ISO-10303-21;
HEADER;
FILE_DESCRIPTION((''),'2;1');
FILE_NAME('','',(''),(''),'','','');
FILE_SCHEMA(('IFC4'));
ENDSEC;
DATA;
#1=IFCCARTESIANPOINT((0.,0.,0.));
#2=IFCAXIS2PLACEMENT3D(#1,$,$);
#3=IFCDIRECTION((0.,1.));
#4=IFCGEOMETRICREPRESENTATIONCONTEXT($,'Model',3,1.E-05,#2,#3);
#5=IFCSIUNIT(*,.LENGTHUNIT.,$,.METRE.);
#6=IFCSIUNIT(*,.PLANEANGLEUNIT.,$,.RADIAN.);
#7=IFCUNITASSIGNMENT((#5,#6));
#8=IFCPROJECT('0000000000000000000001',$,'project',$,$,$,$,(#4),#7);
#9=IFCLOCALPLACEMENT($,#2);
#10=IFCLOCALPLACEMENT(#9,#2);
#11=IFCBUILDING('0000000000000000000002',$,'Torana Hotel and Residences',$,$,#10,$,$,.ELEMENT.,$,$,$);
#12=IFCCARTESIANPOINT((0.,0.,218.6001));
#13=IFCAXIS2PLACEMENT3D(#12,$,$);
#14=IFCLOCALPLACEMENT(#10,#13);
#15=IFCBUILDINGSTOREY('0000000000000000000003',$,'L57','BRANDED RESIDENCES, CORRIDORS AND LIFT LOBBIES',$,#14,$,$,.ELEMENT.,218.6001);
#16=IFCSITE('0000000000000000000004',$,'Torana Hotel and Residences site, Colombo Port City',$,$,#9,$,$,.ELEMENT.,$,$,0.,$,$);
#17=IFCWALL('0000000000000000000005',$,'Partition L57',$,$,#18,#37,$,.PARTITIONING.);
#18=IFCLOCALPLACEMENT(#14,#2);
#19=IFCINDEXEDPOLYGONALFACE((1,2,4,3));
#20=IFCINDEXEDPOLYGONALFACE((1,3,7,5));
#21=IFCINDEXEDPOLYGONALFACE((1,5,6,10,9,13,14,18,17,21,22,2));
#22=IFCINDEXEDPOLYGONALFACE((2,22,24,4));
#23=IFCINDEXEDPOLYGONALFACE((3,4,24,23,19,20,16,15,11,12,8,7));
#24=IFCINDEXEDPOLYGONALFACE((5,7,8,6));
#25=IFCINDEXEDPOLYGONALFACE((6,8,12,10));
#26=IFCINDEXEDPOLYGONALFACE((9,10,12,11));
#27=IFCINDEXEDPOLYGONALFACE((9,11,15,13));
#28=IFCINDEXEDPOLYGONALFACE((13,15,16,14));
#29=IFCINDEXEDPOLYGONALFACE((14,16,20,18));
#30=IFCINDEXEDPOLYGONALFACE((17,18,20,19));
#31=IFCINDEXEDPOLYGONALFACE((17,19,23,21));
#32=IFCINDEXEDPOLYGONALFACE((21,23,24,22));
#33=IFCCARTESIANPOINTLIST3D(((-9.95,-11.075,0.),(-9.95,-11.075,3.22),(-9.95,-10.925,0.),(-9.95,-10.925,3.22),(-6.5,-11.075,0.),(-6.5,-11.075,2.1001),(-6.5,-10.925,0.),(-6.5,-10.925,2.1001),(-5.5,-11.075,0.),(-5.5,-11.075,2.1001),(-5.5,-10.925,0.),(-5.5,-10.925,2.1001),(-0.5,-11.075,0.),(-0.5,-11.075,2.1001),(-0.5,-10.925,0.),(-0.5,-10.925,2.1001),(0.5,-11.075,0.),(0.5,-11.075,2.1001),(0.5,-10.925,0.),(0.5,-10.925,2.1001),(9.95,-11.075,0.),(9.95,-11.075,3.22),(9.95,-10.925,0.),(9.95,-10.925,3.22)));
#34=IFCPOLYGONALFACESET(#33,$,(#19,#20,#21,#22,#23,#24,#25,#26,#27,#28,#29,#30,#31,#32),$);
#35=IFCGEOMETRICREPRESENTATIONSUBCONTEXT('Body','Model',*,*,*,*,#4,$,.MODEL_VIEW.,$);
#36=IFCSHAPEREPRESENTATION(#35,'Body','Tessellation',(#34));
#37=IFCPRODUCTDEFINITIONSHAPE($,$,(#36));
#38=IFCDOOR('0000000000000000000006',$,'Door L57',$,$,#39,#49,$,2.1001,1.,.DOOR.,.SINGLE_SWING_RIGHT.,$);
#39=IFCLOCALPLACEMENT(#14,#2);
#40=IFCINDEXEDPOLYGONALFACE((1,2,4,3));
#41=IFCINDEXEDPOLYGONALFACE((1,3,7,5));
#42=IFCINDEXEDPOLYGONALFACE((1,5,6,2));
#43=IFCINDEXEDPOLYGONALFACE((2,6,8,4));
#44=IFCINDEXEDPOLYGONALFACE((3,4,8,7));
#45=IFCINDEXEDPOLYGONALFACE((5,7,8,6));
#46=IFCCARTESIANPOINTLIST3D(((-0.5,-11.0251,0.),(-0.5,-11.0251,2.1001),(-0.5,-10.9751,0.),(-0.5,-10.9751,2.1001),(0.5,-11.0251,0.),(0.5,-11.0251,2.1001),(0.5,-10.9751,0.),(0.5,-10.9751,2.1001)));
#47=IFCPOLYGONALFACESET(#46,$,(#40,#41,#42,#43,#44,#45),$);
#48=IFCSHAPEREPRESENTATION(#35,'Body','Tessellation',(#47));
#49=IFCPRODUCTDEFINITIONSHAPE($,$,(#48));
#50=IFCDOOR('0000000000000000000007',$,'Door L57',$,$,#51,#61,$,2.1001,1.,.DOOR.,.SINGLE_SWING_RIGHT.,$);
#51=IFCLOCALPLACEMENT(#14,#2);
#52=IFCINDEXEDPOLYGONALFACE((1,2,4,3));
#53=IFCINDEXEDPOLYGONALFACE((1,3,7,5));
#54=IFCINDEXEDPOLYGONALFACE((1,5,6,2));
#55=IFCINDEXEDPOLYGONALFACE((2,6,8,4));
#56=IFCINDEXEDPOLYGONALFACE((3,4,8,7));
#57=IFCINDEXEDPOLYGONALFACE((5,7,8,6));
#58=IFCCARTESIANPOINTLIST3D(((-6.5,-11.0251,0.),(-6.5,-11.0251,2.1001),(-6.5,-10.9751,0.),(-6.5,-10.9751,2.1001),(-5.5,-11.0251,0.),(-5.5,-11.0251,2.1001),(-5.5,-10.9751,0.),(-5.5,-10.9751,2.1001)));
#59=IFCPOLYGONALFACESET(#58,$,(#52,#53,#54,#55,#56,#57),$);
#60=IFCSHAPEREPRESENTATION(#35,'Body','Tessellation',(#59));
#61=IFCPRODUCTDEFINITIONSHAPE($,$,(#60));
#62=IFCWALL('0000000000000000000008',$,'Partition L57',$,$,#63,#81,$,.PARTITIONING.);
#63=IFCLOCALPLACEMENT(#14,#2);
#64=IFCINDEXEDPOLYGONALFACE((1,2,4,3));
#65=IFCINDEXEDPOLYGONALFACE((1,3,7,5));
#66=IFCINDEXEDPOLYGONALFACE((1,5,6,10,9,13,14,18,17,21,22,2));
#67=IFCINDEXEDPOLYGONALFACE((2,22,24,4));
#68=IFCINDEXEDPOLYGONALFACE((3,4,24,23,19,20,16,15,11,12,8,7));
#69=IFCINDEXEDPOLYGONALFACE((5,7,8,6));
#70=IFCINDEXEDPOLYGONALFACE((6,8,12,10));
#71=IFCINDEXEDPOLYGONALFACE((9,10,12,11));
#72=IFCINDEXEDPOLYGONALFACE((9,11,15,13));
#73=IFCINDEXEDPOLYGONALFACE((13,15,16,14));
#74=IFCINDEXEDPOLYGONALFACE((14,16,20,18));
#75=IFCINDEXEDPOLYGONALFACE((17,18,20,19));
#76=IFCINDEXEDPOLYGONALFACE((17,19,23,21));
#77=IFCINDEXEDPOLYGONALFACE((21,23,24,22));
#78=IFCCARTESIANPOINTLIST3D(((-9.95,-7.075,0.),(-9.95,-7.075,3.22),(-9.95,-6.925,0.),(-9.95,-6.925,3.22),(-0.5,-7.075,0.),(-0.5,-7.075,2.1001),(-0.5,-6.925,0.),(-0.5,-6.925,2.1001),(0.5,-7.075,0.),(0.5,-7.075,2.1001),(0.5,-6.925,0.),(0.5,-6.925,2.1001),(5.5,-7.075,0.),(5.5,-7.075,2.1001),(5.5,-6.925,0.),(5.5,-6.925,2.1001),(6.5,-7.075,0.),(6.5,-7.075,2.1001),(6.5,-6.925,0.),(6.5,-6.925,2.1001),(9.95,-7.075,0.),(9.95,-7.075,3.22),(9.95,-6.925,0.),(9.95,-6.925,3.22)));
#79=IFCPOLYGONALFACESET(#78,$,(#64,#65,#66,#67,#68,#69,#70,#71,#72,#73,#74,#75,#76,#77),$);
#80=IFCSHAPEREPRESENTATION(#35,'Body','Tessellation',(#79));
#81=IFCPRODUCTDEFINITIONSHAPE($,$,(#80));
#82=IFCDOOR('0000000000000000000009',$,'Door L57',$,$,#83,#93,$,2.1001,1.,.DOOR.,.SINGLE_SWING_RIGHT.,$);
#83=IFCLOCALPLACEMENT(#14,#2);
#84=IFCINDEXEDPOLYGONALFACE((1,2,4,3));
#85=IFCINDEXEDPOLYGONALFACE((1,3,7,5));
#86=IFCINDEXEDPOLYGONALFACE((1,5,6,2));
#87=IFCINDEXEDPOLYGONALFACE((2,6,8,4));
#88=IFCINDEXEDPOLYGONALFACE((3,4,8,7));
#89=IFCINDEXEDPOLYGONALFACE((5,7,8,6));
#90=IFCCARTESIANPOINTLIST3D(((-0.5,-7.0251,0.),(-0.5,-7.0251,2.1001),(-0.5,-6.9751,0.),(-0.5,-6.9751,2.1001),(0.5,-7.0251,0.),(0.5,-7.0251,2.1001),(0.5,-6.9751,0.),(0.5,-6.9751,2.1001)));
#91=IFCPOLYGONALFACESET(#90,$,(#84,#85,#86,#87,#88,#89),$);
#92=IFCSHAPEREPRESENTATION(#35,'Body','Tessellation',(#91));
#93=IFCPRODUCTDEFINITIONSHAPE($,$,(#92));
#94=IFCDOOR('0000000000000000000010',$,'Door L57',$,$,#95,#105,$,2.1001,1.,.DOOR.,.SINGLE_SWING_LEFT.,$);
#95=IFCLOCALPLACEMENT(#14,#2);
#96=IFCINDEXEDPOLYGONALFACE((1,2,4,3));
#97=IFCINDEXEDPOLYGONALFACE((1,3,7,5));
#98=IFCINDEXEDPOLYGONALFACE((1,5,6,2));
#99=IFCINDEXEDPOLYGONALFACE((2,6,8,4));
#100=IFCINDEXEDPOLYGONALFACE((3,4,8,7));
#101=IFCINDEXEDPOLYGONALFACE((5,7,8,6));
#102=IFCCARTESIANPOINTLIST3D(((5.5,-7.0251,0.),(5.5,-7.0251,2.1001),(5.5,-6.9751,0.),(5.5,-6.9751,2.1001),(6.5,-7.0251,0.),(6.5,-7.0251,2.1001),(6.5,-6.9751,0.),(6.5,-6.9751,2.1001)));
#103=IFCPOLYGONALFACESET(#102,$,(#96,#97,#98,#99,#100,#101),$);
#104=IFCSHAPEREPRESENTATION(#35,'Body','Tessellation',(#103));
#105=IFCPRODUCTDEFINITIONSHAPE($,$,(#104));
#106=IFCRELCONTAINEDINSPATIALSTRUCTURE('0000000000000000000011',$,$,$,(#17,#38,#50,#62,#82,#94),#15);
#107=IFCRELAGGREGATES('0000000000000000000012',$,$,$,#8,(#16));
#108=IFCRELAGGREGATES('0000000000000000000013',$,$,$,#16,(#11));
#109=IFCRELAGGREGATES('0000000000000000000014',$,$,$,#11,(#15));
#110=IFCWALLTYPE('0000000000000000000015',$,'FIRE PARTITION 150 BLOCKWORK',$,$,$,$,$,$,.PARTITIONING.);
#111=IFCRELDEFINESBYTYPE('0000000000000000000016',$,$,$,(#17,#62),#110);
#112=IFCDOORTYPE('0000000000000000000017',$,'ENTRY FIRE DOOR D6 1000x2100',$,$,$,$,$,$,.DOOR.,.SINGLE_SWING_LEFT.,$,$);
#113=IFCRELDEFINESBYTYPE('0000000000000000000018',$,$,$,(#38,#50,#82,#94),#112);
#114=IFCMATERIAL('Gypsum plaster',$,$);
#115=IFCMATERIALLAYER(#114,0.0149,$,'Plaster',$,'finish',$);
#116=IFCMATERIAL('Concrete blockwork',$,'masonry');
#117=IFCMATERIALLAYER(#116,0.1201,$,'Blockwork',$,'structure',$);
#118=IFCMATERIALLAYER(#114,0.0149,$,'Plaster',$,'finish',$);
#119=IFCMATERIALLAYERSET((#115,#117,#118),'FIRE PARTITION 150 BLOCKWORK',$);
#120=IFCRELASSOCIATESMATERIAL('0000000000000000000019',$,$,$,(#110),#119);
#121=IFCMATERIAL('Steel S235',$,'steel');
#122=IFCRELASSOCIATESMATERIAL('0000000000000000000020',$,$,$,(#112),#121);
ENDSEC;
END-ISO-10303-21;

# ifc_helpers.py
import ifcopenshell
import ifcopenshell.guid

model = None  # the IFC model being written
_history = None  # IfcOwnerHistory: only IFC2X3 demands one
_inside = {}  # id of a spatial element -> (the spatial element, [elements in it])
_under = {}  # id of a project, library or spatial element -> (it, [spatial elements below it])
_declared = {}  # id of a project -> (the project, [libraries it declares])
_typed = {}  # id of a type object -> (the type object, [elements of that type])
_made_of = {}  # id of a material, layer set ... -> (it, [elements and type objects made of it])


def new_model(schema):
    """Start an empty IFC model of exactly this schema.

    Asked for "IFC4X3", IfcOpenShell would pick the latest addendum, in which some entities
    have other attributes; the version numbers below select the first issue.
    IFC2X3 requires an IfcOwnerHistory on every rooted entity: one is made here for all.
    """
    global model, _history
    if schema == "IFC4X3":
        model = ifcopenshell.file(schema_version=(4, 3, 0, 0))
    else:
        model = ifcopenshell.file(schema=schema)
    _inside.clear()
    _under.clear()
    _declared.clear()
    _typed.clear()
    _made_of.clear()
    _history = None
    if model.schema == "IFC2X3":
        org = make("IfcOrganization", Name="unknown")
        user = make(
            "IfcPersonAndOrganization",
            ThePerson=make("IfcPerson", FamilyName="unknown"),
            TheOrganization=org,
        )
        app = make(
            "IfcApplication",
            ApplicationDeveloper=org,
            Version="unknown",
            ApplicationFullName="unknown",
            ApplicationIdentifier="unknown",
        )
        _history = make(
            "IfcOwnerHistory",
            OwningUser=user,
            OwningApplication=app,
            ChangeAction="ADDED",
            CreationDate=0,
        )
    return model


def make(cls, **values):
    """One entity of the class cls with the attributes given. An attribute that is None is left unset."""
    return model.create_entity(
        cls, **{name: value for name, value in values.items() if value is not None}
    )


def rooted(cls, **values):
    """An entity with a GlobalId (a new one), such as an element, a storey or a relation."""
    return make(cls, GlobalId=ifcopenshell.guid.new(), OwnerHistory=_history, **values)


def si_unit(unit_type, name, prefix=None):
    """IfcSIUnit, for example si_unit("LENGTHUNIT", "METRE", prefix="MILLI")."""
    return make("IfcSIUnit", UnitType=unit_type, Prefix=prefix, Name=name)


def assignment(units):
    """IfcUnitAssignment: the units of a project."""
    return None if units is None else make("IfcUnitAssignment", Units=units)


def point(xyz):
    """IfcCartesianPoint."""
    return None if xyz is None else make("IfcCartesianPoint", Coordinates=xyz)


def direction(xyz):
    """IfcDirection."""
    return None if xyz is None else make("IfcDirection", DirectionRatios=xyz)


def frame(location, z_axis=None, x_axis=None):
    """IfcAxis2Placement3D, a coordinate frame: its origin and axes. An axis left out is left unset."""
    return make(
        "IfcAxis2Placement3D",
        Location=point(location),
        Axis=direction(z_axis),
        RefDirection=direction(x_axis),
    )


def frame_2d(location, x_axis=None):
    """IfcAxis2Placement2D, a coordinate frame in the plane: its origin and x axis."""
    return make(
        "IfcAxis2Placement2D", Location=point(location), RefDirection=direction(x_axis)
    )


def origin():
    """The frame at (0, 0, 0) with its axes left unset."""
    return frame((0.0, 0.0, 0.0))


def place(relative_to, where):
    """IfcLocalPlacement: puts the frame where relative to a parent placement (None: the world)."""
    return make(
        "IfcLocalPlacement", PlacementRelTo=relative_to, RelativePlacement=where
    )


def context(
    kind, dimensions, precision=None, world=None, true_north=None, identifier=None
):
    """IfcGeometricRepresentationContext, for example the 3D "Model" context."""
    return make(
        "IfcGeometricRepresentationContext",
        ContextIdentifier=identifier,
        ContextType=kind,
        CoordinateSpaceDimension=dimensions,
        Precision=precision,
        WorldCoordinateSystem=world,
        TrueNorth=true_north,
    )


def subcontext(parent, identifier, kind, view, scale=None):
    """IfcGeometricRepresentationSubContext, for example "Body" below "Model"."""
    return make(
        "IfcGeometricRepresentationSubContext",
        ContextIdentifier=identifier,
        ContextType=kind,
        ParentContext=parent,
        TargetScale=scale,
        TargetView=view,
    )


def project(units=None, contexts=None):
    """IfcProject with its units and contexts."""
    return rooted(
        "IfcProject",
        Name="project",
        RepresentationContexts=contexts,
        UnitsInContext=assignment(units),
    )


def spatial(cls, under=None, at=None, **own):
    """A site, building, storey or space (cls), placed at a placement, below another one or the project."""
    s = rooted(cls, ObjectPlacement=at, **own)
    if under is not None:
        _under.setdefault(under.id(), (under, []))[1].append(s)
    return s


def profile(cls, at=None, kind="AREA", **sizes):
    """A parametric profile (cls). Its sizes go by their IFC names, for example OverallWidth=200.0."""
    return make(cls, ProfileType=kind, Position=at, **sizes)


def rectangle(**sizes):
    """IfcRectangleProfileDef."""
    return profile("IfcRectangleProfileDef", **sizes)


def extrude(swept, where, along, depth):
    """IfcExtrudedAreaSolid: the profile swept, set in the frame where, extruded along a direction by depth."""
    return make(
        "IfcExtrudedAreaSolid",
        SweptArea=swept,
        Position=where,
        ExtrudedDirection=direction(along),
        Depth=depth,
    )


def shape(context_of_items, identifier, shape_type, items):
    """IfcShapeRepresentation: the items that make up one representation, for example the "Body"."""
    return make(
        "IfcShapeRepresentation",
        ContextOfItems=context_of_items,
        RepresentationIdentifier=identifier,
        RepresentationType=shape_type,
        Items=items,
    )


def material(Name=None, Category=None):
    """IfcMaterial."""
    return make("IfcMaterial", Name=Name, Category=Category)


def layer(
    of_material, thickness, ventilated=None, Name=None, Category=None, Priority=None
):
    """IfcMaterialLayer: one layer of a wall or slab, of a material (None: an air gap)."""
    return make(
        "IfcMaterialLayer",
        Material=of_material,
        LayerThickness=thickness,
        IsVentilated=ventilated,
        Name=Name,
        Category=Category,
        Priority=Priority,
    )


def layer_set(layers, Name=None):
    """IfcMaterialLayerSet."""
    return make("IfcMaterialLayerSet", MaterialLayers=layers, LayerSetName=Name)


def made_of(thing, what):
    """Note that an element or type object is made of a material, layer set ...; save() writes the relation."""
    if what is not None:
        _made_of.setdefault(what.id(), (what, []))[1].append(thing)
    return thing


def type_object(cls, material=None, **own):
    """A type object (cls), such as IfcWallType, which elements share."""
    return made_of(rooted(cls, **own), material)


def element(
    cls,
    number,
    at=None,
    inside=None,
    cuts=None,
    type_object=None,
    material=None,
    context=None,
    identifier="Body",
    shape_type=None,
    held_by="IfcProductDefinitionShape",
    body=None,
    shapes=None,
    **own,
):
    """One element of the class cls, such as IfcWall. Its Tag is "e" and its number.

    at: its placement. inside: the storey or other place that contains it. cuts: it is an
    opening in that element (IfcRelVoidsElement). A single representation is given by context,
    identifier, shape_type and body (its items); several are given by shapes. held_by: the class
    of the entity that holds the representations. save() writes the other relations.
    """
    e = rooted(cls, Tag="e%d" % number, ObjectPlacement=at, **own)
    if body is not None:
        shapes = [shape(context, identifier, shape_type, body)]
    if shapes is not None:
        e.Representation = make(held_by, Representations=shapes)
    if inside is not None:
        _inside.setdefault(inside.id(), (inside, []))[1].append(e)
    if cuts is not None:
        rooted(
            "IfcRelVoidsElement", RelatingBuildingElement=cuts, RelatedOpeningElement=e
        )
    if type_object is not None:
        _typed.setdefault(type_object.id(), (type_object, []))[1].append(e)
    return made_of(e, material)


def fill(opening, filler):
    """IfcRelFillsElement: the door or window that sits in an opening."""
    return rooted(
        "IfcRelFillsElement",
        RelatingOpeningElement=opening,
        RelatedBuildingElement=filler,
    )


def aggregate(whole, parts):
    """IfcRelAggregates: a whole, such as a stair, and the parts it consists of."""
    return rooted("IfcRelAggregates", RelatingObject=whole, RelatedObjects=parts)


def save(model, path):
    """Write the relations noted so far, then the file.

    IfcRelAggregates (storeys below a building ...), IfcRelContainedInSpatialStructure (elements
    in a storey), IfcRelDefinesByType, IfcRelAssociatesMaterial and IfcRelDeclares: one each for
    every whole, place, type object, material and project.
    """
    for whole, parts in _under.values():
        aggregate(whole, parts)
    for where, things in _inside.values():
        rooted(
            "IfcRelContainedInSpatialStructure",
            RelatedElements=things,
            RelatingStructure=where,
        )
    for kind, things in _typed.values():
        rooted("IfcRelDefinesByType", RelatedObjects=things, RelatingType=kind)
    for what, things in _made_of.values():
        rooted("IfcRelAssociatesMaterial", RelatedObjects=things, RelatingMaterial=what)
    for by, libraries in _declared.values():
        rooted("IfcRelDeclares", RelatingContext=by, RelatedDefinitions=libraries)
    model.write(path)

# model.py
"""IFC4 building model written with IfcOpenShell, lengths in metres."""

from ifc_helpers import new_model, si_unit, direction, frame, frame_2d, origin, place, context, subcontext, project, spatial, rectangle, extrude, material, layer, layer_set, type_object, element, fill, save


model = new_model("IFC4")

# Units and contexts
model_context = context("Model", 3, precision=1e-05, world=origin(), true_north=direction((0.0, 1.0)))
body_context = subcontext(model_context, "Body", "Model", "MODEL_VIEW")
ifc_project = project(units=[si_unit("LENGTHUNIT", "METRE"), si_unit("PLANEANGLEUNIT", "RADIAN")], contexts=[model_context])

# Site, building, storey
site_placement = place(None, origin())
site = spatial("IfcSite", under=ifc_project, at=site_placement, Name="Torana Hotel and Residences site, Colombo Port City", CompositionType="ELEMENT", RefElevation=0.0)
building_placement = place(site_placement, origin())
building = spatial("IfcBuilding", under=site, at=building_placement, Name="Torana Hotel and Residences", CompositionType="ELEMENT")
storey_placement = place(building_placement, frame((0.0, 0.0, 218.6001)))
storey = spatial("IfcBuildingStorey", under=building, at=storey_placement, Name="L57", Description="BRANDED RESIDENCES, CORRIDORS AND LIFT LOBBIES", CompositionType="ELEMENT", Elevation=218.6001)

# Shared definitions
ifc_material_1 = material(Name="Gypsum plaster")
ifc_layer_1 = layer(ifc_material_1, 0.0149, Name="Plaster", Category="finish")
ifc_material_2 = material(Name="Concrete blockwork", Category="masonry")
ifc_layer_2 = layer(ifc_material_2, 0.1201, Name="Blockwork", Category="structure")
ifc_layer_3 = layer(ifc_material_1, 0.0149, Name="Plaster", Category="finish")
ifc_layer_set_1 = layer_set([ifc_layer_1, ifc_layer_2, ifc_layer_3], Name="FIRE PARTITION 150 BLOCKWORK")
wall_type_1 = type_object("IfcWallType", Name="FIRE PARTITION 150 BLOCKWORK", PredefinedType="PARTITIONING", material=ifc_layer_set_1)

# Walls, openings, doors
wall_1_placement = place(storey_placement, frame((-9.95, -11.0, 0.0), z_axis=(0.0, 0.0, 1.0), x_axis=(1.0, 0.0, 0.0)))
wall_1 = element("IfcWall", 1, at=wall_1_placement, inside=storey, type_object=wall_type_1, Name="Partition L57", PredefinedType="PARTITIONING", context=body_context, shape_type="SweptSolid", body=[
    extrude(rectangle(XDim=19.8999, YDim=0.1499, at=frame_2d((9.95, 0.0))), origin(), (0.0, 0.0, 1.0), 3.22),
])
opening_1_placement = place(wall_1_placement, frame((9.45, 0.0, 0.0)))
opening_1 = element("IfcOpeningElement", 2, at=opening_1_placement, cuts=wall_1, PredefinedType="OPENING", context=body_context, shape_type="SweptSolid", body=[
    extrude(rectangle(XDim=1.0, YDim=2.1001, at=frame_2d((0.5, 1.05))), frame((0.0, 0.085, 0.0), z_axis=(0.0, -1.0, 0.0), x_axis=(1.0, 0.0, 0.0)), (0.0, 0.0, 1.0), 0.1699),
])
opening_2_placement = place(wall_1_placement, frame((3.45, 0.0, 0.0)))
opening_2 = element("IfcOpeningElement", 3, at=opening_2_placement, cuts=wall_1, PredefinedType="OPENING", context=body_context, shape_type="SweptSolid", body=[
    extrude(rectangle(XDim=1.0, YDim=2.1001, at=frame_2d((0.5, 1.05))), frame((0.0, 0.085, 0.0), z_axis=(0.0, -1.0, 0.0), x_axis=(1.0, 0.0, 0.0)), (0.0, 0.0, 1.0), 0.1699),
])
ifc_material_3 = material(Name="Steel S235", Category="steel")
door_type = type_object("IfcDoorType", Name="ENTRY FIRE DOOR D6 1000x2100", OperationType="SINGLE_SWING_LEFT", PredefinedType="DOOR", material=ifc_material_3)
door_1_placement = place(opening_1_placement, origin())
door_1 = element("IfcDoor", 4, at=door_1_placement, inside=storey, type_object=door_type, Name="Door L57", OperationType="SINGLE_SWING_RIGHT", OverallHeight=2.1001, OverallWidth=1.0, PredefinedType="DOOR", context=body_context, shape_type="SweptSolid", body=[
    extrude(rectangle(XDim=1.0, YDim=2.1001, at=frame_2d((0.5, 1.05))), frame((0.0, 0.0249, 0.0), z_axis=(0.0, -1.0, 0.0), x_axis=(1.0, 0.0, 0.0)), (0.0, 0.0, 1.0), 0.05),
])
fill(opening_1, door_1)
door_2_placement = place(opening_2_placement, origin())
door_2 = element("IfcDoor", 5, at=door_2_placement, inside=storey, type_object=door_type, Name="Door L57", OperationType="SINGLE_SWING_RIGHT", OverallHeight=2.1001, OverallWidth=1.0, PredefinedType="DOOR", context=body_context, shape_type="SweptSolid", body=[
    extrude(rectangle(XDim=1.0, YDim=2.1001, at=frame_2d((0.5, 1.05))), frame((0.0, 0.0249, 0.0), z_axis=(0.0, -1.0, 0.0), x_axis=(1.0, 0.0, 0.0)), (0.0, 0.0, 1.0), 0.05),
])
fill(opening_2, door_2)
wall_2_placement = place(storey_placement, frame((-9.95, -7.0, 0.0), z_axis=(0.0, 0.0, 1.0), x_axis=(1.0, 0.0, 0.0)))
wall_2 = element("IfcWall", 6, at=wall_2_placement, inside=storey, type_object=wall_type_1, Name="Partition L57", PredefinedType="PARTITIONING", context=body_context, shape_type="SweptSolid", body=[
    extrude(rectangle(XDim=19.8999, YDim=0.1499, at=frame_2d((9.95, 0.0))), origin(), (0.0, 0.0, 1.0), 3.22),
])
opening_3_placement = place(wall_2_placement, frame((9.45, 0.0, 0.0)))
opening_3 = element("IfcOpeningElement", 7, at=opening_3_placement, cuts=wall_2, PredefinedType="OPENING", context=body_context, shape_type="SweptSolid", body=[
    extrude(rectangle(XDim=1.0, YDim=2.1001, at=frame_2d((0.5, 1.05))), frame((0.0, 0.085, 0.0), z_axis=(0.0, -1.0, 0.0), x_axis=(1.0, 0.0, 0.0)), (0.0, 0.0, 1.0), 0.1699),
])
opening_4_placement = place(wall_2_placement, frame((15.45, 0.0, 0.0)))
opening_4 = element("IfcOpeningElement", 8, at=opening_4_placement, cuts=wall_2, PredefinedType="OPENING", context=body_context, shape_type="SweptSolid", body=[
    extrude(rectangle(XDim=1.0, YDim=2.1001, at=frame_2d((0.5, 1.05))), frame((0.0, 0.085, 0.0), z_axis=(0.0, -1.0, 0.0), x_axis=(1.0, 0.0, 0.0)), (0.0, 0.0, 1.0), 0.1699),
])
door_3_placement = place(opening_3_placement, origin())
door_3 = element("IfcDoor", 9, at=door_3_placement, inside=storey, type_object=door_type, Name="Door L57", OperationType="SINGLE_SWING_RIGHT", OverallHeight=2.1001, OverallWidth=1.0, PredefinedType="DOOR", context=body_context, shape_type="SweptSolid", body=[
    extrude(rectangle(XDim=1.0, YDim=2.1001, at=frame_2d((0.5, 1.05))), frame((0.0, 0.0249, 0.0), z_axis=(0.0, -1.0, 0.0), x_axis=(1.0, 0.0, 0.0)), (0.0, 0.0, 1.0), 0.05),
])
fill(opening_3, door_3)
door_4_placement = place(opening_4_placement, frame((0.5, 0.0, 0.0), z_axis=(0.0, 0.0, 1.0), x_axis=(-1.0, 0.0, 0.0)))
door_4 = element("IfcDoor", 10, at=door_4_placement, inside=storey, type_object=door_type, Name="Door L57", OperationType="SINGLE_SWING_LEFT", OverallHeight=2.1001, OverallWidth=1.0, PredefinedType="DOOR", context=body_context, shape_type="SweptSolid", body=[
    extrude(rectangle(XDim=1.0, YDim=2.1001, at=frame_2d((0.0, 1.05))), frame((0.0, -0.0249, 0.0), z_axis=(0.0, 1.0, 0.0), x_axis=(-1.0, 0.0, 0.0)), (0.0, 0.0, 1.0), 0.05),
])
fill(opening_4, door_4)

save(model, "model.ifc")
